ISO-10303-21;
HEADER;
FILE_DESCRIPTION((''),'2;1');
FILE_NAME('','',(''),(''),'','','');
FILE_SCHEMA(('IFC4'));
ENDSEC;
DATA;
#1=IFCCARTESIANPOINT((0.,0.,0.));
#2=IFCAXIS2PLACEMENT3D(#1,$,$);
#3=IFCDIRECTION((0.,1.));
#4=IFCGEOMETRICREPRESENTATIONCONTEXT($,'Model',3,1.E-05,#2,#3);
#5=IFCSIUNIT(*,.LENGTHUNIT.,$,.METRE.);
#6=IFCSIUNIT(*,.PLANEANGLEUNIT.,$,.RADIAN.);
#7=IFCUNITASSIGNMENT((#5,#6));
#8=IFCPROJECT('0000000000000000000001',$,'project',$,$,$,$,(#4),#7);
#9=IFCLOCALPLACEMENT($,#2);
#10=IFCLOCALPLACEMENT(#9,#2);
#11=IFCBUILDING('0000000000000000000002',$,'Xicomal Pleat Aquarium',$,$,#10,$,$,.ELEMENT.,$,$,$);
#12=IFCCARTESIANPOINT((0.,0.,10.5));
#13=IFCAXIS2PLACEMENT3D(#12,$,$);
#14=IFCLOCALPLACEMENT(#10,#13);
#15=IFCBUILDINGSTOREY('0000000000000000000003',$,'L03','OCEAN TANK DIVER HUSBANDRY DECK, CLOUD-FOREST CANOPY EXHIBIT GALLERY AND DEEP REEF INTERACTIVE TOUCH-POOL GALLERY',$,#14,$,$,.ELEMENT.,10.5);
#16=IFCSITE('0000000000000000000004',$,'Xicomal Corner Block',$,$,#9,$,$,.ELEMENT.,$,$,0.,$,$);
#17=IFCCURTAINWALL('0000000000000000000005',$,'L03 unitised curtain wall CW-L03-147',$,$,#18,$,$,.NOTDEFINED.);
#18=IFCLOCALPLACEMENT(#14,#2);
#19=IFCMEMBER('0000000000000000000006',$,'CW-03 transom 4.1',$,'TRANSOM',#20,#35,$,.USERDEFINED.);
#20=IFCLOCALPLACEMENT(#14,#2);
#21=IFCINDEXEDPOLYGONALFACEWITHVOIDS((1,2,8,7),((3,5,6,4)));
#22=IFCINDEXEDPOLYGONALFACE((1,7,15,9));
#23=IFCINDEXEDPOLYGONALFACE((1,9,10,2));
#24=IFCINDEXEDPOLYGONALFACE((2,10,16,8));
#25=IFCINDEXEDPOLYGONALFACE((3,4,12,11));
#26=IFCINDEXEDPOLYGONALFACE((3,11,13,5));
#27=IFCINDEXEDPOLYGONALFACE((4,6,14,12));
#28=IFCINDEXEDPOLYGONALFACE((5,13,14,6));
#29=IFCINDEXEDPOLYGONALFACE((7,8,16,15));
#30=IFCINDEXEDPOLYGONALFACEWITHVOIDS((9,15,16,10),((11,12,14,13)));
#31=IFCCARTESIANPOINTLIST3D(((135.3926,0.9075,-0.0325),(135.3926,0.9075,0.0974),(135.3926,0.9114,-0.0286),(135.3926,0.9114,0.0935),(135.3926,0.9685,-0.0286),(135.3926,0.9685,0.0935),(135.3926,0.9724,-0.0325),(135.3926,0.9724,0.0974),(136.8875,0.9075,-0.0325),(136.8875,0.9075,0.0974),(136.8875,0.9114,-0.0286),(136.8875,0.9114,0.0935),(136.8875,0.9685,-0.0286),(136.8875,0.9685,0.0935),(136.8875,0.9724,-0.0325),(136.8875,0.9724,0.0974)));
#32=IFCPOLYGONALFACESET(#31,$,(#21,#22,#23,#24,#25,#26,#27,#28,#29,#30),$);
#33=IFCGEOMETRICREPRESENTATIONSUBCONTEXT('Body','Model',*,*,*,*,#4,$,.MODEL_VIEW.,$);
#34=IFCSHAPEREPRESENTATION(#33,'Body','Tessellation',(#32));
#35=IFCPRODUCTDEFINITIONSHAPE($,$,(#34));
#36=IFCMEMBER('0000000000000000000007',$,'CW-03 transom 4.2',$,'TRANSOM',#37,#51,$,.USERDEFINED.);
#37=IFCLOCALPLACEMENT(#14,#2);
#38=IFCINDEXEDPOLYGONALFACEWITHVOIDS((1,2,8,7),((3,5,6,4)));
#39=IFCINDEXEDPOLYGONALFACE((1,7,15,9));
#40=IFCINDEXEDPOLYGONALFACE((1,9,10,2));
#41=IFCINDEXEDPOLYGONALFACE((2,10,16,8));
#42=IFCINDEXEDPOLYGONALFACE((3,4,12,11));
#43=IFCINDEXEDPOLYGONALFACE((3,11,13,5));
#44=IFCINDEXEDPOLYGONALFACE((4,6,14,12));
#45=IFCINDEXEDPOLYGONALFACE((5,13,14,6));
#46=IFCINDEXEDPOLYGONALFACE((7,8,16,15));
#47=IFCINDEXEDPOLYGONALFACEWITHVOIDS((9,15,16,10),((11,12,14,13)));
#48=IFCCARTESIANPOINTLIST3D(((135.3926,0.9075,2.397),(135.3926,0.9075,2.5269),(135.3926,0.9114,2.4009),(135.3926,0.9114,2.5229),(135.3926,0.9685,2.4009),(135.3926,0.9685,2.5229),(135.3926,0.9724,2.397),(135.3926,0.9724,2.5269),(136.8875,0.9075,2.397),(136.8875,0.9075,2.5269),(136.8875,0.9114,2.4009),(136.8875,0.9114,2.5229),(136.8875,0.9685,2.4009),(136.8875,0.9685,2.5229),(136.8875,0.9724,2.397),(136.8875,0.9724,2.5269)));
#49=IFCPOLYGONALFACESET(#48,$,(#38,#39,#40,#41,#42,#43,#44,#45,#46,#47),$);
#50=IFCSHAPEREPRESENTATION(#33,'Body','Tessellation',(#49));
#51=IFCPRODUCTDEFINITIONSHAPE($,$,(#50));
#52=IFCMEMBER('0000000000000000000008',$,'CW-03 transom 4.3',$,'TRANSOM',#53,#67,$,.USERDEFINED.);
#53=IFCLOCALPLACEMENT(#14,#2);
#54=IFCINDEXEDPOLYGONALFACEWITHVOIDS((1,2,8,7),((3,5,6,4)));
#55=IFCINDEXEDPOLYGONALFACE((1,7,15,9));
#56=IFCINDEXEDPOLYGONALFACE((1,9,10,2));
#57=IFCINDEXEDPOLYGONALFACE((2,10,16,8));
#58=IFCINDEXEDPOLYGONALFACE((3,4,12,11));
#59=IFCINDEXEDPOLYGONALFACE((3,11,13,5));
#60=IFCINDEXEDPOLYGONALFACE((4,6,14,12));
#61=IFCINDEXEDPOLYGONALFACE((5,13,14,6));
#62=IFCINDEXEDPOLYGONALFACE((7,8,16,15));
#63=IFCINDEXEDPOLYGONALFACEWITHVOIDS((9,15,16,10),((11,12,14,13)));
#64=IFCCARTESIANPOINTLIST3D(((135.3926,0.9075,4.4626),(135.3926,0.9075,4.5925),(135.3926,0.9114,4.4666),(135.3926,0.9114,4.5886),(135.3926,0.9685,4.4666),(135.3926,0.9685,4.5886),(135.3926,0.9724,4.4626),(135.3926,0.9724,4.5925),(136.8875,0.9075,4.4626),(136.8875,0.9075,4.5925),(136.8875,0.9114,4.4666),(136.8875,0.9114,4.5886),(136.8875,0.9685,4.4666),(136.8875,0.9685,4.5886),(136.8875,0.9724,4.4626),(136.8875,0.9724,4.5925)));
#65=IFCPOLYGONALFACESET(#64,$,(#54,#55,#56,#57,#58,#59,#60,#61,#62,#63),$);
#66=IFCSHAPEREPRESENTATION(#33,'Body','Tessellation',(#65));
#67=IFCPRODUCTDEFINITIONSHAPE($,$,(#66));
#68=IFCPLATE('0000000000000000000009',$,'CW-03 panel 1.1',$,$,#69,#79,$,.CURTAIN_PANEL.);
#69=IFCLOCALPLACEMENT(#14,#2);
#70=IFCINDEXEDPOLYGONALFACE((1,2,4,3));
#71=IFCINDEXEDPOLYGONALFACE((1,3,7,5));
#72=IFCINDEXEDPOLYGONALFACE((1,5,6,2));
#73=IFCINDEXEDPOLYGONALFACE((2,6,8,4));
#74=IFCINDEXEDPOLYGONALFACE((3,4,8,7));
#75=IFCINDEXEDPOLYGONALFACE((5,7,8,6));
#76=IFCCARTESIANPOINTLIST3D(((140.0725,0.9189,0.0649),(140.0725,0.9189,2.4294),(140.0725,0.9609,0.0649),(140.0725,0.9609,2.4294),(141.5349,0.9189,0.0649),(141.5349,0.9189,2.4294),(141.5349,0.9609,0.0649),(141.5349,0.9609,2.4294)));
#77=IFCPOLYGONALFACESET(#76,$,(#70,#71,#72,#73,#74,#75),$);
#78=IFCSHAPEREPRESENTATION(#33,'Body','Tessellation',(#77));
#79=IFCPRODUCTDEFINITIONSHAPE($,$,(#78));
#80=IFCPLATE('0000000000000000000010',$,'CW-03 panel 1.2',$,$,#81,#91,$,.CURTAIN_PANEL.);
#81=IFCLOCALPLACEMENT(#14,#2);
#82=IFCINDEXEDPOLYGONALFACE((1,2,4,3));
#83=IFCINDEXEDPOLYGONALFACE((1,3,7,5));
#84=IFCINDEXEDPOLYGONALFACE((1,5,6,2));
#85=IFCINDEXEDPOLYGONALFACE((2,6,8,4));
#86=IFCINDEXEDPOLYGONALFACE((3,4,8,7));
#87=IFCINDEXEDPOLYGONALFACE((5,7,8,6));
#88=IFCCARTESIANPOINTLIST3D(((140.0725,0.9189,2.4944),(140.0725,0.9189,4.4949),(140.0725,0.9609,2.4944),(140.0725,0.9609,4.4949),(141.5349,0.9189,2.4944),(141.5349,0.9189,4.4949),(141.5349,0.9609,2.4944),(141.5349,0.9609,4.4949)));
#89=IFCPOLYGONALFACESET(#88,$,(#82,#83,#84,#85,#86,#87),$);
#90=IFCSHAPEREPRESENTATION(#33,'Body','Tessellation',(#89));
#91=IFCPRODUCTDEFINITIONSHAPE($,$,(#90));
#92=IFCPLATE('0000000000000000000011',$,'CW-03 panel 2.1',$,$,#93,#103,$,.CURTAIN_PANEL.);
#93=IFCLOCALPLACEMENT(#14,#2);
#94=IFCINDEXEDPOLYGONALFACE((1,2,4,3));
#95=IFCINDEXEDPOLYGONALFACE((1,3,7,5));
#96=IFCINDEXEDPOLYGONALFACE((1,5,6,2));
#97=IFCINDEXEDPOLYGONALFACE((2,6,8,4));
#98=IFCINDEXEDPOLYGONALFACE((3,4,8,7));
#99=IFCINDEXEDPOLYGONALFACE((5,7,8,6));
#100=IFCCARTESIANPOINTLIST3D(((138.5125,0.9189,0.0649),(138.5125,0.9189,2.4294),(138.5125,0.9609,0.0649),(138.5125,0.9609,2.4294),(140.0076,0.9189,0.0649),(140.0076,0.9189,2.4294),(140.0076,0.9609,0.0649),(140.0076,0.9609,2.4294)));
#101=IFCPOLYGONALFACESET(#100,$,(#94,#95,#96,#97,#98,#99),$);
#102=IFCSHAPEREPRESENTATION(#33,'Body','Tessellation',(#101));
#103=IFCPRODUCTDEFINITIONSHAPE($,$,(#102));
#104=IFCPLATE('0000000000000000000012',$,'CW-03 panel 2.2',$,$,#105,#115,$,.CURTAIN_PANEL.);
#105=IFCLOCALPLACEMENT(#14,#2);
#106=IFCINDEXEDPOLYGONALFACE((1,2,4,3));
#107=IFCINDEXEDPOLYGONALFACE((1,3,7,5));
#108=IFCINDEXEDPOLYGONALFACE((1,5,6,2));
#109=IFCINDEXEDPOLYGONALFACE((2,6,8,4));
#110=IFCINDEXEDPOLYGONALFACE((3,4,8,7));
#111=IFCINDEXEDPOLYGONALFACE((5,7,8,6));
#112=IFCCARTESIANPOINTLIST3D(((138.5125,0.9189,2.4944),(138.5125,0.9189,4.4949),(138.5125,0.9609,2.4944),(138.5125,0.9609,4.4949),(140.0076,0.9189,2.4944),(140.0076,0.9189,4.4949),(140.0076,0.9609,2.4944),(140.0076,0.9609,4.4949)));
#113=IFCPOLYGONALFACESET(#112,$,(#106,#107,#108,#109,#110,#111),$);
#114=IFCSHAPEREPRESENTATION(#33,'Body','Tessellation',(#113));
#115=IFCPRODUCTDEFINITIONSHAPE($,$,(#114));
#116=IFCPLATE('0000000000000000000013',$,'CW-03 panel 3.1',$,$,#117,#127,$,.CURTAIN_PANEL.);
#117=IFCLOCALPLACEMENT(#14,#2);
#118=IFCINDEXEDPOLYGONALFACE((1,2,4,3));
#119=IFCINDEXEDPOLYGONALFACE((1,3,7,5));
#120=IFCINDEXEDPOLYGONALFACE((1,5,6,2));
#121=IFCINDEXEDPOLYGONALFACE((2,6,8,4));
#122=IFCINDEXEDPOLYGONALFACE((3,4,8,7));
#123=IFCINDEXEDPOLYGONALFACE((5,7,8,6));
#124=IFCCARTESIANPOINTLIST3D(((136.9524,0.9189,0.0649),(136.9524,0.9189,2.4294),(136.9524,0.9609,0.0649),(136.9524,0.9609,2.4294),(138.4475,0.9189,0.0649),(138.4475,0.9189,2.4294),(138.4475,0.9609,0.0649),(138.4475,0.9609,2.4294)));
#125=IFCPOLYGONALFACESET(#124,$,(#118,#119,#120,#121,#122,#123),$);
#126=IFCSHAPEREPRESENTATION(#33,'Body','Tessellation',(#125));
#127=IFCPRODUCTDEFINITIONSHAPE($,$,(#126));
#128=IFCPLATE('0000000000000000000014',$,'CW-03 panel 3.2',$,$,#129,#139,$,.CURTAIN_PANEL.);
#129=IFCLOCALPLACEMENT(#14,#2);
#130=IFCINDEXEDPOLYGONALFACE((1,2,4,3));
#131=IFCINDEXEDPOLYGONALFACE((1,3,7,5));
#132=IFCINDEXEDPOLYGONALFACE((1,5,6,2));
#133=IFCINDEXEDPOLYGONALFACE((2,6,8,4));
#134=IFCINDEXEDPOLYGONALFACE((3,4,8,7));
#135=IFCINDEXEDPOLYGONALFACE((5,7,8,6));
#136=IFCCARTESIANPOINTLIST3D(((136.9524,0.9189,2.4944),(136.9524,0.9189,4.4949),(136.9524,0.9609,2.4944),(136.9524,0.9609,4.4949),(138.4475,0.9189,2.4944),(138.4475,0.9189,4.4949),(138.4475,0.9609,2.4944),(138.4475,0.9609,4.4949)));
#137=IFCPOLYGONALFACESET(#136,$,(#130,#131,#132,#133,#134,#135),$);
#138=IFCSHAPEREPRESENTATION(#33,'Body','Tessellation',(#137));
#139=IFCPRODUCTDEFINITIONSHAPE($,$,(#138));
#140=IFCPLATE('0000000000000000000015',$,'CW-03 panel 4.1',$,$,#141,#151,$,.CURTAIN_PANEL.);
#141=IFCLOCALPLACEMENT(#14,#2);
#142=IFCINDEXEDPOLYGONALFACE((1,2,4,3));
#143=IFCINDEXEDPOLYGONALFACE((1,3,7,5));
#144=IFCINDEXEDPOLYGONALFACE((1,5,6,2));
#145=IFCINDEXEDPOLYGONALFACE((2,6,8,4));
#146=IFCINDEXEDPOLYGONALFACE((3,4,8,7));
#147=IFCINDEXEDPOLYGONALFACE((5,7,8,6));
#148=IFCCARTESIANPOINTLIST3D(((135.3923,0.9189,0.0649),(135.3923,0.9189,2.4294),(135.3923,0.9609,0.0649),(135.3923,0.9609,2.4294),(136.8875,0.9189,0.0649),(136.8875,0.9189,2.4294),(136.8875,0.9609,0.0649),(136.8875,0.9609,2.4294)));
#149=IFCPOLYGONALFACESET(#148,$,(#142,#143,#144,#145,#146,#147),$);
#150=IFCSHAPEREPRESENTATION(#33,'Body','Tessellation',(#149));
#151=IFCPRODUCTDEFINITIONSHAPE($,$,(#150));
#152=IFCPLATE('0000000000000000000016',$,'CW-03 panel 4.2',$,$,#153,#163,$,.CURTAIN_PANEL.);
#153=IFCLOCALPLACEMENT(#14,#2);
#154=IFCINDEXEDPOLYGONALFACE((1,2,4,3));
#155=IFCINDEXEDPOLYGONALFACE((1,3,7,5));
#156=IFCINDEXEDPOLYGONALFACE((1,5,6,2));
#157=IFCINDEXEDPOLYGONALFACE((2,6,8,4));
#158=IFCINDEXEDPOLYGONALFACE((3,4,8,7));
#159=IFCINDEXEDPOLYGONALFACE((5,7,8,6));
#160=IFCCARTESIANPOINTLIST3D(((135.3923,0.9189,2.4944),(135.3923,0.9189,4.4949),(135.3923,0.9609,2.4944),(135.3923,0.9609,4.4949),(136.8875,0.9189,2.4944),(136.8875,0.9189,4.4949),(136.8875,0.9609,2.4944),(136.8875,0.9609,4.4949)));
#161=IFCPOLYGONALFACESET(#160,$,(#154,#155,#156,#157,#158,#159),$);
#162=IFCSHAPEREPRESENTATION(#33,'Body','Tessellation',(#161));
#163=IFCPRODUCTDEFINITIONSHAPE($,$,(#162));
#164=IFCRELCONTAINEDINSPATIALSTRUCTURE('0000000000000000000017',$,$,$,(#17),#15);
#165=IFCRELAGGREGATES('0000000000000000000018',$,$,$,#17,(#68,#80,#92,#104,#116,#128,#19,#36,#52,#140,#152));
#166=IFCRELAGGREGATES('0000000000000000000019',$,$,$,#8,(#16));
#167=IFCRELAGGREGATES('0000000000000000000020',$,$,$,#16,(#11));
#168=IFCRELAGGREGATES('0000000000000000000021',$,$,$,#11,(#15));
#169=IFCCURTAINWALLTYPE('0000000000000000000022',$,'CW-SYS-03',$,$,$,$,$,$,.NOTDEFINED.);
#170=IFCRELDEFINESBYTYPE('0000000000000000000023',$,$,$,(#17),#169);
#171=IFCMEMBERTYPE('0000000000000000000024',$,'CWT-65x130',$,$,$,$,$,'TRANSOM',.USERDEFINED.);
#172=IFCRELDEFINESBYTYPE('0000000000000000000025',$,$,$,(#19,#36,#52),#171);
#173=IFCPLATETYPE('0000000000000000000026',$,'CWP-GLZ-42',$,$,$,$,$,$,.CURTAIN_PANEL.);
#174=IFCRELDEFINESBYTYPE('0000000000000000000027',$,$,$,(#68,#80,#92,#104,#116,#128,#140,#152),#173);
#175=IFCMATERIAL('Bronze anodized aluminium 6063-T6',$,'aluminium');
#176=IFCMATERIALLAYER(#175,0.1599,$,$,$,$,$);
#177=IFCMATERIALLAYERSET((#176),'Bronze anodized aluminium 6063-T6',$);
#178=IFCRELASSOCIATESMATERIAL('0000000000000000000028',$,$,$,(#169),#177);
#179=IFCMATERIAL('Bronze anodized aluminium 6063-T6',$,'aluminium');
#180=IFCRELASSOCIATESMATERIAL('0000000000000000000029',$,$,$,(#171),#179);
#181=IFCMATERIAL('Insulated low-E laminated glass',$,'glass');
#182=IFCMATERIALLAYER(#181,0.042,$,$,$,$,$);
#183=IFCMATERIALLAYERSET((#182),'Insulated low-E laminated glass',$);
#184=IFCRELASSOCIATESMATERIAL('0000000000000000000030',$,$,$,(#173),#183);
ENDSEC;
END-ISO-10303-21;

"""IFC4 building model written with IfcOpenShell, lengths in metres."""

from ifc_helpers import new_model, si_unit, direction, frame, origin, origin_2d, place, context, subcontext, project, spatial, rectangle, hollow_rectangle, extrude, material, layer, layer_set, material_profile, profile_set, type_object, element, aggregate, save


model = new_model("IFC4")

# Units and contexts
model_context = context("Model", 3, precision=1e-05, world=origin(), true_north=direction((0.0, 1.0)))
body_context = subcontext(model_context, "Body", "Model", "MODEL_VIEW")
ifc_project = project(units=[si_unit("LENGTHUNIT", "METRE"), si_unit("PLANEANGLEUNIT", "RADIAN")], contexts=[model_context])

# Site, building, storey
site_placement = place(None, origin())
site = spatial("IfcSite", under=ifc_project, at=site_placement, Name="Xicomal Corner Block", CompositionType="ELEMENT", RefElevation=0.0)
building_placement = place(site_placement, origin())
building = spatial("IfcBuilding", under=site, at=building_placement, Name="Xicomal Pleat Aquarium", CompositionType="ELEMENT")
storey_placement = place(building_placement, frame((0.0, 0.0, 10.5)))
storey = spatial("IfcBuildingStorey", under=building, at=storey_placement, Name="L03", Description="OCEAN TANK DIVER HUSBANDRY DECK, CLOUD-FOREST CANOPY EXHIBIT GALLERY AND DEEP REEF INTERACTIVE TOUCH-POOL GALLERY", CompositionType="ELEMENT", Elevation=10.5)

# Curtain wall, members, plates
ifc_material_1 = material(Name="Bronze anodized aluminium 6063-T6", Category="aluminium")
ifc_layer_1 = layer(ifc_material_1, 0.1599)
ifc_layer_set_1 = layer_set([ifc_layer_1], Name="Bronze anodized aluminium 6063-T6")
curtain_wall_type = type_object("IfcCurtainWallType", Name="CW-SYS-03", PredefinedType="NOTDEFINED", material=ifc_layer_set_1)
curtain_wall_placement = place(storey_placement, origin())
curtain_wall = element("IfcCurtainWall", 1, at=curtain_wall_placement, inside=storey, type_object=curtain_wall_type, Name="L03 unitised curtain wall CW-L03-147", PredefinedType="NOTDEFINED")
ifc_material_2 = material(Name="Bronze anodized aluminium 6063-T6", Category="aluminium")
ifc_material_profile_1 = material_profile(ifc_material_2, hollow_rectangle(XDim=0.0649, YDim=0.1299, WallThickness=0.0039, at=origin_2d()), Name="ALU TRAN 65x130")
ifc_profile_set_1 = profile_set([ifc_material_profile_1], Name="Bronze anodized aluminium 6063-T6")
member_type_1 = type_object("IfcMemberType", Name="CWT-65x130", ElementType="TRANSOM", PredefinedType="USERDEFINED", material=ifc_profile_set_1)
member_1_placement = place(storey_placement, frame((136.8875, 0.9399, 0.0325), z_axis=(-1.0, 0.0, 0.0), x_axis=(0.0, -1.0, 0.0)))
member_1 = element("IfcMember", 2, at=member_1_placement, type_object=member_type_1, Name="CW-03 transom 4.1", ObjectType="TRANSOM", PredefinedType="USERDEFINED", context=body_context, shape_type="SweptSolid", body=[
    extrude(hollow_rectangle(XDim=0.0649, YDim=0.1299, WallThickness=0.0039, at=origin_2d()), origin(), (0.0, 0.0, 1.0), 1.4949),
])
member_2_placement = place(storey_placement, frame((136.8875, 0.9399, 2.4619), z_axis=(-1.0, 0.0, 0.0), x_axis=(0.0, -1.0, 0.0)))
member_2 = element("IfcMember", 3, at=member_2_placement, type_object=member_type_1, Name="CW-03 transom 4.2", ObjectType="TRANSOM", PredefinedType="USERDEFINED", context=body_context, shape_type="SweptSolid", body=[
    extrude(hollow_rectangle(XDim=0.0649, YDim=0.1299, WallThickness=0.0039, at=origin_2d()), origin(), (0.0, 0.0, 1.0), 1.4949),
])
member_3_placement = place(storey_placement, frame((136.8875, 0.9399, 4.5276), z_axis=(-1.0, 0.0, 0.0), x_axis=(0.0, -1.0, 0.0)))
member_3 = element("IfcMember", 4, at=member_3_placement, type_object=member_type_1, Name="CW-03 transom 4.3", ObjectType="TRANSOM", PredefinedType="USERDEFINED", context=body_context, shape_type="SweptSolid", body=[
    extrude(hollow_rectangle(XDim=0.0649, YDim=0.1299, WallThickness=0.0039, at=origin_2d()), origin(), (0.0, 0.0, 1.0), 1.4949),
])
ifc_material_3 = material(Name="Insulated low-E laminated glass", Category="glass")
ifc_layer_2 = layer(ifc_material_3, 0.042)
ifc_layer_set_2 = layer_set([ifc_layer_2], Name="Insulated low-E laminated glass")
plate_type = type_object("IfcPlateType", Name="CWP-GLZ-42", PredefinedType="CURTAIN_PANEL", material=ifc_layer_set_2)
plate_1_placement = place(storey_placement, frame((140.8037, 0.9399, 0.0649), z_axis=(0.0, 0.0, 1.0), x_axis=(-1.0, 0.0, 0.0)))
plate_1 = element("IfcPlate", 5, at=plate_1_placement, type_object=plate_type, Name="CW-03 panel 1.1", PredefinedType="CURTAIN_PANEL", context=body_context, shape_type="SweptSolid", body=[
    extrude(rectangle(XDim=1.4624, YDim=0.042, at=origin_2d()), origin(), (0.0, 0.0, 1.0), 2.3645),
])
plate_2_placement = place(storey_placement, frame((140.8037, 0.9399, 2.4944), z_axis=(0.0, 0.0, 1.0), x_axis=(-1.0, 0.0, 0.0)))
plate_2 = element("IfcPlate", 6, at=plate_2_placement, type_object=plate_type, Name="CW-03 panel 1.2", PredefinedType="CURTAIN_PANEL", context=body_context, shape_type="SweptSolid", body=[
    extrude(rectangle(XDim=1.4624, YDim=0.042, at=origin_2d()), origin(), (0.0, 0.0, 1.0), 2.0005),
])
plate_3_placement = place(storey_placement, frame((139.26, 0.9399, 0.0649), z_axis=(0.0, 0.0, 1.0), x_axis=(-1.0, 0.0, 0.0)))
plate_3 = element("IfcPlate", 7, at=plate_3_placement, type_object=plate_type, Name="CW-03 panel 2.1", PredefinedType="CURTAIN_PANEL", context=body_context, shape_type="SweptSolid", body=[
    extrude(rectangle(XDim=1.4951, YDim=0.042, at=origin_2d()), origin(), (0.0, 0.0, 1.0), 2.3645),
])
plate_4_placement = place(storey_placement, frame((139.26, 0.9399, 2.4944), z_axis=(0.0, 0.0, 1.0), x_axis=(-1.0, 0.0, 0.0)))
plate_4 = element("IfcPlate", 8, at=plate_4_placement, type_object=plate_type, Name="CW-03 panel 2.2", PredefinedType="CURTAIN_PANEL", context=body_context, shape_type="SweptSolid", body=[
    extrude(rectangle(XDim=1.4951, YDim=0.042, at=origin_2d()), origin(), (0.0, 0.0, 1.0), 2.0005),
])
plate_5_placement = place(storey_placement, frame((137.7, 0.9399, 0.0649), z_axis=(0.0, 0.0, 1.0), x_axis=(-1.0, 0.0, 0.0)))
plate_5 = element("IfcPlate", 9, at=plate_5_placement, type_object=plate_type, Name="CW-03 panel 3.1", PredefinedType="CURTAIN_PANEL", context=body_context, shape_type="SweptSolid", body=[
    extrude(rectangle(XDim=1.4951, YDim=0.042, at=origin_2d()), origin(), (0.0, 0.0, 1.0), 2.3645),
])
plate_6_placement = place(storey_placement, frame((137.7, 0.9399, 2.4944), z_axis=(0.0, 0.0, 1.0), x_axis=(-1.0, 0.0, 0.0)))
plate_6 = element("IfcPlate", 10, at=plate_6_placement, type_object=plate_type, Name="CW-03 panel 3.2", PredefinedType="CURTAIN_PANEL", context=body_context, shape_type="SweptSolid", body=[
    extrude(rectangle(XDim=1.4951, YDim=0.042, at=origin_2d()), origin(), (0.0, 0.0, 1.0), 2.0005),
])
plate_7_placement = place(storey_placement, frame((136.1399, 0.9399, 0.0649), z_axis=(0.0, 0.0, 1.0), x_axis=(-1.0, 0.0, 0.0)))
plate_7 = element("IfcPlate", 11, at=plate_7_placement, type_object=plate_type, Name="CW-03 panel 4.1", PredefinedType="CURTAIN_PANEL", context=body_context, shape_type="SweptSolid", body=[
    extrude(rectangle(XDim=1.4951, YDim=0.042, at=origin_2d()), origin(), (0.0, 0.0, 1.0), 2.3645),
])
plate_8_placement = place(storey_placement, frame((136.1399, 0.9399, 2.4944), z_axis=(0.0, 0.0, 1.0), x_axis=(-1.0, 0.0, 0.0)))
plate_8 = element("IfcPlate", 12, at=plate_8_placement, type_object=plate_type, Name="CW-03 panel 4.2", PredefinedType="CURTAIN_PANEL", context=body_context, shape_type="SweptSolid", body=[
    extrude(rectangle(XDim=1.4951, YDim=0.042, at=origin_2d()), origin(), (0.0, 0.0, 1.0), 2.0005),
])
aggregate(curtain_wall, [plate_1, plate_2, plate_3, plate_4, plate_5, plate_6, member_1, member_2, member_3, plate_7, plate_8])

save(model, "model.ifc")
